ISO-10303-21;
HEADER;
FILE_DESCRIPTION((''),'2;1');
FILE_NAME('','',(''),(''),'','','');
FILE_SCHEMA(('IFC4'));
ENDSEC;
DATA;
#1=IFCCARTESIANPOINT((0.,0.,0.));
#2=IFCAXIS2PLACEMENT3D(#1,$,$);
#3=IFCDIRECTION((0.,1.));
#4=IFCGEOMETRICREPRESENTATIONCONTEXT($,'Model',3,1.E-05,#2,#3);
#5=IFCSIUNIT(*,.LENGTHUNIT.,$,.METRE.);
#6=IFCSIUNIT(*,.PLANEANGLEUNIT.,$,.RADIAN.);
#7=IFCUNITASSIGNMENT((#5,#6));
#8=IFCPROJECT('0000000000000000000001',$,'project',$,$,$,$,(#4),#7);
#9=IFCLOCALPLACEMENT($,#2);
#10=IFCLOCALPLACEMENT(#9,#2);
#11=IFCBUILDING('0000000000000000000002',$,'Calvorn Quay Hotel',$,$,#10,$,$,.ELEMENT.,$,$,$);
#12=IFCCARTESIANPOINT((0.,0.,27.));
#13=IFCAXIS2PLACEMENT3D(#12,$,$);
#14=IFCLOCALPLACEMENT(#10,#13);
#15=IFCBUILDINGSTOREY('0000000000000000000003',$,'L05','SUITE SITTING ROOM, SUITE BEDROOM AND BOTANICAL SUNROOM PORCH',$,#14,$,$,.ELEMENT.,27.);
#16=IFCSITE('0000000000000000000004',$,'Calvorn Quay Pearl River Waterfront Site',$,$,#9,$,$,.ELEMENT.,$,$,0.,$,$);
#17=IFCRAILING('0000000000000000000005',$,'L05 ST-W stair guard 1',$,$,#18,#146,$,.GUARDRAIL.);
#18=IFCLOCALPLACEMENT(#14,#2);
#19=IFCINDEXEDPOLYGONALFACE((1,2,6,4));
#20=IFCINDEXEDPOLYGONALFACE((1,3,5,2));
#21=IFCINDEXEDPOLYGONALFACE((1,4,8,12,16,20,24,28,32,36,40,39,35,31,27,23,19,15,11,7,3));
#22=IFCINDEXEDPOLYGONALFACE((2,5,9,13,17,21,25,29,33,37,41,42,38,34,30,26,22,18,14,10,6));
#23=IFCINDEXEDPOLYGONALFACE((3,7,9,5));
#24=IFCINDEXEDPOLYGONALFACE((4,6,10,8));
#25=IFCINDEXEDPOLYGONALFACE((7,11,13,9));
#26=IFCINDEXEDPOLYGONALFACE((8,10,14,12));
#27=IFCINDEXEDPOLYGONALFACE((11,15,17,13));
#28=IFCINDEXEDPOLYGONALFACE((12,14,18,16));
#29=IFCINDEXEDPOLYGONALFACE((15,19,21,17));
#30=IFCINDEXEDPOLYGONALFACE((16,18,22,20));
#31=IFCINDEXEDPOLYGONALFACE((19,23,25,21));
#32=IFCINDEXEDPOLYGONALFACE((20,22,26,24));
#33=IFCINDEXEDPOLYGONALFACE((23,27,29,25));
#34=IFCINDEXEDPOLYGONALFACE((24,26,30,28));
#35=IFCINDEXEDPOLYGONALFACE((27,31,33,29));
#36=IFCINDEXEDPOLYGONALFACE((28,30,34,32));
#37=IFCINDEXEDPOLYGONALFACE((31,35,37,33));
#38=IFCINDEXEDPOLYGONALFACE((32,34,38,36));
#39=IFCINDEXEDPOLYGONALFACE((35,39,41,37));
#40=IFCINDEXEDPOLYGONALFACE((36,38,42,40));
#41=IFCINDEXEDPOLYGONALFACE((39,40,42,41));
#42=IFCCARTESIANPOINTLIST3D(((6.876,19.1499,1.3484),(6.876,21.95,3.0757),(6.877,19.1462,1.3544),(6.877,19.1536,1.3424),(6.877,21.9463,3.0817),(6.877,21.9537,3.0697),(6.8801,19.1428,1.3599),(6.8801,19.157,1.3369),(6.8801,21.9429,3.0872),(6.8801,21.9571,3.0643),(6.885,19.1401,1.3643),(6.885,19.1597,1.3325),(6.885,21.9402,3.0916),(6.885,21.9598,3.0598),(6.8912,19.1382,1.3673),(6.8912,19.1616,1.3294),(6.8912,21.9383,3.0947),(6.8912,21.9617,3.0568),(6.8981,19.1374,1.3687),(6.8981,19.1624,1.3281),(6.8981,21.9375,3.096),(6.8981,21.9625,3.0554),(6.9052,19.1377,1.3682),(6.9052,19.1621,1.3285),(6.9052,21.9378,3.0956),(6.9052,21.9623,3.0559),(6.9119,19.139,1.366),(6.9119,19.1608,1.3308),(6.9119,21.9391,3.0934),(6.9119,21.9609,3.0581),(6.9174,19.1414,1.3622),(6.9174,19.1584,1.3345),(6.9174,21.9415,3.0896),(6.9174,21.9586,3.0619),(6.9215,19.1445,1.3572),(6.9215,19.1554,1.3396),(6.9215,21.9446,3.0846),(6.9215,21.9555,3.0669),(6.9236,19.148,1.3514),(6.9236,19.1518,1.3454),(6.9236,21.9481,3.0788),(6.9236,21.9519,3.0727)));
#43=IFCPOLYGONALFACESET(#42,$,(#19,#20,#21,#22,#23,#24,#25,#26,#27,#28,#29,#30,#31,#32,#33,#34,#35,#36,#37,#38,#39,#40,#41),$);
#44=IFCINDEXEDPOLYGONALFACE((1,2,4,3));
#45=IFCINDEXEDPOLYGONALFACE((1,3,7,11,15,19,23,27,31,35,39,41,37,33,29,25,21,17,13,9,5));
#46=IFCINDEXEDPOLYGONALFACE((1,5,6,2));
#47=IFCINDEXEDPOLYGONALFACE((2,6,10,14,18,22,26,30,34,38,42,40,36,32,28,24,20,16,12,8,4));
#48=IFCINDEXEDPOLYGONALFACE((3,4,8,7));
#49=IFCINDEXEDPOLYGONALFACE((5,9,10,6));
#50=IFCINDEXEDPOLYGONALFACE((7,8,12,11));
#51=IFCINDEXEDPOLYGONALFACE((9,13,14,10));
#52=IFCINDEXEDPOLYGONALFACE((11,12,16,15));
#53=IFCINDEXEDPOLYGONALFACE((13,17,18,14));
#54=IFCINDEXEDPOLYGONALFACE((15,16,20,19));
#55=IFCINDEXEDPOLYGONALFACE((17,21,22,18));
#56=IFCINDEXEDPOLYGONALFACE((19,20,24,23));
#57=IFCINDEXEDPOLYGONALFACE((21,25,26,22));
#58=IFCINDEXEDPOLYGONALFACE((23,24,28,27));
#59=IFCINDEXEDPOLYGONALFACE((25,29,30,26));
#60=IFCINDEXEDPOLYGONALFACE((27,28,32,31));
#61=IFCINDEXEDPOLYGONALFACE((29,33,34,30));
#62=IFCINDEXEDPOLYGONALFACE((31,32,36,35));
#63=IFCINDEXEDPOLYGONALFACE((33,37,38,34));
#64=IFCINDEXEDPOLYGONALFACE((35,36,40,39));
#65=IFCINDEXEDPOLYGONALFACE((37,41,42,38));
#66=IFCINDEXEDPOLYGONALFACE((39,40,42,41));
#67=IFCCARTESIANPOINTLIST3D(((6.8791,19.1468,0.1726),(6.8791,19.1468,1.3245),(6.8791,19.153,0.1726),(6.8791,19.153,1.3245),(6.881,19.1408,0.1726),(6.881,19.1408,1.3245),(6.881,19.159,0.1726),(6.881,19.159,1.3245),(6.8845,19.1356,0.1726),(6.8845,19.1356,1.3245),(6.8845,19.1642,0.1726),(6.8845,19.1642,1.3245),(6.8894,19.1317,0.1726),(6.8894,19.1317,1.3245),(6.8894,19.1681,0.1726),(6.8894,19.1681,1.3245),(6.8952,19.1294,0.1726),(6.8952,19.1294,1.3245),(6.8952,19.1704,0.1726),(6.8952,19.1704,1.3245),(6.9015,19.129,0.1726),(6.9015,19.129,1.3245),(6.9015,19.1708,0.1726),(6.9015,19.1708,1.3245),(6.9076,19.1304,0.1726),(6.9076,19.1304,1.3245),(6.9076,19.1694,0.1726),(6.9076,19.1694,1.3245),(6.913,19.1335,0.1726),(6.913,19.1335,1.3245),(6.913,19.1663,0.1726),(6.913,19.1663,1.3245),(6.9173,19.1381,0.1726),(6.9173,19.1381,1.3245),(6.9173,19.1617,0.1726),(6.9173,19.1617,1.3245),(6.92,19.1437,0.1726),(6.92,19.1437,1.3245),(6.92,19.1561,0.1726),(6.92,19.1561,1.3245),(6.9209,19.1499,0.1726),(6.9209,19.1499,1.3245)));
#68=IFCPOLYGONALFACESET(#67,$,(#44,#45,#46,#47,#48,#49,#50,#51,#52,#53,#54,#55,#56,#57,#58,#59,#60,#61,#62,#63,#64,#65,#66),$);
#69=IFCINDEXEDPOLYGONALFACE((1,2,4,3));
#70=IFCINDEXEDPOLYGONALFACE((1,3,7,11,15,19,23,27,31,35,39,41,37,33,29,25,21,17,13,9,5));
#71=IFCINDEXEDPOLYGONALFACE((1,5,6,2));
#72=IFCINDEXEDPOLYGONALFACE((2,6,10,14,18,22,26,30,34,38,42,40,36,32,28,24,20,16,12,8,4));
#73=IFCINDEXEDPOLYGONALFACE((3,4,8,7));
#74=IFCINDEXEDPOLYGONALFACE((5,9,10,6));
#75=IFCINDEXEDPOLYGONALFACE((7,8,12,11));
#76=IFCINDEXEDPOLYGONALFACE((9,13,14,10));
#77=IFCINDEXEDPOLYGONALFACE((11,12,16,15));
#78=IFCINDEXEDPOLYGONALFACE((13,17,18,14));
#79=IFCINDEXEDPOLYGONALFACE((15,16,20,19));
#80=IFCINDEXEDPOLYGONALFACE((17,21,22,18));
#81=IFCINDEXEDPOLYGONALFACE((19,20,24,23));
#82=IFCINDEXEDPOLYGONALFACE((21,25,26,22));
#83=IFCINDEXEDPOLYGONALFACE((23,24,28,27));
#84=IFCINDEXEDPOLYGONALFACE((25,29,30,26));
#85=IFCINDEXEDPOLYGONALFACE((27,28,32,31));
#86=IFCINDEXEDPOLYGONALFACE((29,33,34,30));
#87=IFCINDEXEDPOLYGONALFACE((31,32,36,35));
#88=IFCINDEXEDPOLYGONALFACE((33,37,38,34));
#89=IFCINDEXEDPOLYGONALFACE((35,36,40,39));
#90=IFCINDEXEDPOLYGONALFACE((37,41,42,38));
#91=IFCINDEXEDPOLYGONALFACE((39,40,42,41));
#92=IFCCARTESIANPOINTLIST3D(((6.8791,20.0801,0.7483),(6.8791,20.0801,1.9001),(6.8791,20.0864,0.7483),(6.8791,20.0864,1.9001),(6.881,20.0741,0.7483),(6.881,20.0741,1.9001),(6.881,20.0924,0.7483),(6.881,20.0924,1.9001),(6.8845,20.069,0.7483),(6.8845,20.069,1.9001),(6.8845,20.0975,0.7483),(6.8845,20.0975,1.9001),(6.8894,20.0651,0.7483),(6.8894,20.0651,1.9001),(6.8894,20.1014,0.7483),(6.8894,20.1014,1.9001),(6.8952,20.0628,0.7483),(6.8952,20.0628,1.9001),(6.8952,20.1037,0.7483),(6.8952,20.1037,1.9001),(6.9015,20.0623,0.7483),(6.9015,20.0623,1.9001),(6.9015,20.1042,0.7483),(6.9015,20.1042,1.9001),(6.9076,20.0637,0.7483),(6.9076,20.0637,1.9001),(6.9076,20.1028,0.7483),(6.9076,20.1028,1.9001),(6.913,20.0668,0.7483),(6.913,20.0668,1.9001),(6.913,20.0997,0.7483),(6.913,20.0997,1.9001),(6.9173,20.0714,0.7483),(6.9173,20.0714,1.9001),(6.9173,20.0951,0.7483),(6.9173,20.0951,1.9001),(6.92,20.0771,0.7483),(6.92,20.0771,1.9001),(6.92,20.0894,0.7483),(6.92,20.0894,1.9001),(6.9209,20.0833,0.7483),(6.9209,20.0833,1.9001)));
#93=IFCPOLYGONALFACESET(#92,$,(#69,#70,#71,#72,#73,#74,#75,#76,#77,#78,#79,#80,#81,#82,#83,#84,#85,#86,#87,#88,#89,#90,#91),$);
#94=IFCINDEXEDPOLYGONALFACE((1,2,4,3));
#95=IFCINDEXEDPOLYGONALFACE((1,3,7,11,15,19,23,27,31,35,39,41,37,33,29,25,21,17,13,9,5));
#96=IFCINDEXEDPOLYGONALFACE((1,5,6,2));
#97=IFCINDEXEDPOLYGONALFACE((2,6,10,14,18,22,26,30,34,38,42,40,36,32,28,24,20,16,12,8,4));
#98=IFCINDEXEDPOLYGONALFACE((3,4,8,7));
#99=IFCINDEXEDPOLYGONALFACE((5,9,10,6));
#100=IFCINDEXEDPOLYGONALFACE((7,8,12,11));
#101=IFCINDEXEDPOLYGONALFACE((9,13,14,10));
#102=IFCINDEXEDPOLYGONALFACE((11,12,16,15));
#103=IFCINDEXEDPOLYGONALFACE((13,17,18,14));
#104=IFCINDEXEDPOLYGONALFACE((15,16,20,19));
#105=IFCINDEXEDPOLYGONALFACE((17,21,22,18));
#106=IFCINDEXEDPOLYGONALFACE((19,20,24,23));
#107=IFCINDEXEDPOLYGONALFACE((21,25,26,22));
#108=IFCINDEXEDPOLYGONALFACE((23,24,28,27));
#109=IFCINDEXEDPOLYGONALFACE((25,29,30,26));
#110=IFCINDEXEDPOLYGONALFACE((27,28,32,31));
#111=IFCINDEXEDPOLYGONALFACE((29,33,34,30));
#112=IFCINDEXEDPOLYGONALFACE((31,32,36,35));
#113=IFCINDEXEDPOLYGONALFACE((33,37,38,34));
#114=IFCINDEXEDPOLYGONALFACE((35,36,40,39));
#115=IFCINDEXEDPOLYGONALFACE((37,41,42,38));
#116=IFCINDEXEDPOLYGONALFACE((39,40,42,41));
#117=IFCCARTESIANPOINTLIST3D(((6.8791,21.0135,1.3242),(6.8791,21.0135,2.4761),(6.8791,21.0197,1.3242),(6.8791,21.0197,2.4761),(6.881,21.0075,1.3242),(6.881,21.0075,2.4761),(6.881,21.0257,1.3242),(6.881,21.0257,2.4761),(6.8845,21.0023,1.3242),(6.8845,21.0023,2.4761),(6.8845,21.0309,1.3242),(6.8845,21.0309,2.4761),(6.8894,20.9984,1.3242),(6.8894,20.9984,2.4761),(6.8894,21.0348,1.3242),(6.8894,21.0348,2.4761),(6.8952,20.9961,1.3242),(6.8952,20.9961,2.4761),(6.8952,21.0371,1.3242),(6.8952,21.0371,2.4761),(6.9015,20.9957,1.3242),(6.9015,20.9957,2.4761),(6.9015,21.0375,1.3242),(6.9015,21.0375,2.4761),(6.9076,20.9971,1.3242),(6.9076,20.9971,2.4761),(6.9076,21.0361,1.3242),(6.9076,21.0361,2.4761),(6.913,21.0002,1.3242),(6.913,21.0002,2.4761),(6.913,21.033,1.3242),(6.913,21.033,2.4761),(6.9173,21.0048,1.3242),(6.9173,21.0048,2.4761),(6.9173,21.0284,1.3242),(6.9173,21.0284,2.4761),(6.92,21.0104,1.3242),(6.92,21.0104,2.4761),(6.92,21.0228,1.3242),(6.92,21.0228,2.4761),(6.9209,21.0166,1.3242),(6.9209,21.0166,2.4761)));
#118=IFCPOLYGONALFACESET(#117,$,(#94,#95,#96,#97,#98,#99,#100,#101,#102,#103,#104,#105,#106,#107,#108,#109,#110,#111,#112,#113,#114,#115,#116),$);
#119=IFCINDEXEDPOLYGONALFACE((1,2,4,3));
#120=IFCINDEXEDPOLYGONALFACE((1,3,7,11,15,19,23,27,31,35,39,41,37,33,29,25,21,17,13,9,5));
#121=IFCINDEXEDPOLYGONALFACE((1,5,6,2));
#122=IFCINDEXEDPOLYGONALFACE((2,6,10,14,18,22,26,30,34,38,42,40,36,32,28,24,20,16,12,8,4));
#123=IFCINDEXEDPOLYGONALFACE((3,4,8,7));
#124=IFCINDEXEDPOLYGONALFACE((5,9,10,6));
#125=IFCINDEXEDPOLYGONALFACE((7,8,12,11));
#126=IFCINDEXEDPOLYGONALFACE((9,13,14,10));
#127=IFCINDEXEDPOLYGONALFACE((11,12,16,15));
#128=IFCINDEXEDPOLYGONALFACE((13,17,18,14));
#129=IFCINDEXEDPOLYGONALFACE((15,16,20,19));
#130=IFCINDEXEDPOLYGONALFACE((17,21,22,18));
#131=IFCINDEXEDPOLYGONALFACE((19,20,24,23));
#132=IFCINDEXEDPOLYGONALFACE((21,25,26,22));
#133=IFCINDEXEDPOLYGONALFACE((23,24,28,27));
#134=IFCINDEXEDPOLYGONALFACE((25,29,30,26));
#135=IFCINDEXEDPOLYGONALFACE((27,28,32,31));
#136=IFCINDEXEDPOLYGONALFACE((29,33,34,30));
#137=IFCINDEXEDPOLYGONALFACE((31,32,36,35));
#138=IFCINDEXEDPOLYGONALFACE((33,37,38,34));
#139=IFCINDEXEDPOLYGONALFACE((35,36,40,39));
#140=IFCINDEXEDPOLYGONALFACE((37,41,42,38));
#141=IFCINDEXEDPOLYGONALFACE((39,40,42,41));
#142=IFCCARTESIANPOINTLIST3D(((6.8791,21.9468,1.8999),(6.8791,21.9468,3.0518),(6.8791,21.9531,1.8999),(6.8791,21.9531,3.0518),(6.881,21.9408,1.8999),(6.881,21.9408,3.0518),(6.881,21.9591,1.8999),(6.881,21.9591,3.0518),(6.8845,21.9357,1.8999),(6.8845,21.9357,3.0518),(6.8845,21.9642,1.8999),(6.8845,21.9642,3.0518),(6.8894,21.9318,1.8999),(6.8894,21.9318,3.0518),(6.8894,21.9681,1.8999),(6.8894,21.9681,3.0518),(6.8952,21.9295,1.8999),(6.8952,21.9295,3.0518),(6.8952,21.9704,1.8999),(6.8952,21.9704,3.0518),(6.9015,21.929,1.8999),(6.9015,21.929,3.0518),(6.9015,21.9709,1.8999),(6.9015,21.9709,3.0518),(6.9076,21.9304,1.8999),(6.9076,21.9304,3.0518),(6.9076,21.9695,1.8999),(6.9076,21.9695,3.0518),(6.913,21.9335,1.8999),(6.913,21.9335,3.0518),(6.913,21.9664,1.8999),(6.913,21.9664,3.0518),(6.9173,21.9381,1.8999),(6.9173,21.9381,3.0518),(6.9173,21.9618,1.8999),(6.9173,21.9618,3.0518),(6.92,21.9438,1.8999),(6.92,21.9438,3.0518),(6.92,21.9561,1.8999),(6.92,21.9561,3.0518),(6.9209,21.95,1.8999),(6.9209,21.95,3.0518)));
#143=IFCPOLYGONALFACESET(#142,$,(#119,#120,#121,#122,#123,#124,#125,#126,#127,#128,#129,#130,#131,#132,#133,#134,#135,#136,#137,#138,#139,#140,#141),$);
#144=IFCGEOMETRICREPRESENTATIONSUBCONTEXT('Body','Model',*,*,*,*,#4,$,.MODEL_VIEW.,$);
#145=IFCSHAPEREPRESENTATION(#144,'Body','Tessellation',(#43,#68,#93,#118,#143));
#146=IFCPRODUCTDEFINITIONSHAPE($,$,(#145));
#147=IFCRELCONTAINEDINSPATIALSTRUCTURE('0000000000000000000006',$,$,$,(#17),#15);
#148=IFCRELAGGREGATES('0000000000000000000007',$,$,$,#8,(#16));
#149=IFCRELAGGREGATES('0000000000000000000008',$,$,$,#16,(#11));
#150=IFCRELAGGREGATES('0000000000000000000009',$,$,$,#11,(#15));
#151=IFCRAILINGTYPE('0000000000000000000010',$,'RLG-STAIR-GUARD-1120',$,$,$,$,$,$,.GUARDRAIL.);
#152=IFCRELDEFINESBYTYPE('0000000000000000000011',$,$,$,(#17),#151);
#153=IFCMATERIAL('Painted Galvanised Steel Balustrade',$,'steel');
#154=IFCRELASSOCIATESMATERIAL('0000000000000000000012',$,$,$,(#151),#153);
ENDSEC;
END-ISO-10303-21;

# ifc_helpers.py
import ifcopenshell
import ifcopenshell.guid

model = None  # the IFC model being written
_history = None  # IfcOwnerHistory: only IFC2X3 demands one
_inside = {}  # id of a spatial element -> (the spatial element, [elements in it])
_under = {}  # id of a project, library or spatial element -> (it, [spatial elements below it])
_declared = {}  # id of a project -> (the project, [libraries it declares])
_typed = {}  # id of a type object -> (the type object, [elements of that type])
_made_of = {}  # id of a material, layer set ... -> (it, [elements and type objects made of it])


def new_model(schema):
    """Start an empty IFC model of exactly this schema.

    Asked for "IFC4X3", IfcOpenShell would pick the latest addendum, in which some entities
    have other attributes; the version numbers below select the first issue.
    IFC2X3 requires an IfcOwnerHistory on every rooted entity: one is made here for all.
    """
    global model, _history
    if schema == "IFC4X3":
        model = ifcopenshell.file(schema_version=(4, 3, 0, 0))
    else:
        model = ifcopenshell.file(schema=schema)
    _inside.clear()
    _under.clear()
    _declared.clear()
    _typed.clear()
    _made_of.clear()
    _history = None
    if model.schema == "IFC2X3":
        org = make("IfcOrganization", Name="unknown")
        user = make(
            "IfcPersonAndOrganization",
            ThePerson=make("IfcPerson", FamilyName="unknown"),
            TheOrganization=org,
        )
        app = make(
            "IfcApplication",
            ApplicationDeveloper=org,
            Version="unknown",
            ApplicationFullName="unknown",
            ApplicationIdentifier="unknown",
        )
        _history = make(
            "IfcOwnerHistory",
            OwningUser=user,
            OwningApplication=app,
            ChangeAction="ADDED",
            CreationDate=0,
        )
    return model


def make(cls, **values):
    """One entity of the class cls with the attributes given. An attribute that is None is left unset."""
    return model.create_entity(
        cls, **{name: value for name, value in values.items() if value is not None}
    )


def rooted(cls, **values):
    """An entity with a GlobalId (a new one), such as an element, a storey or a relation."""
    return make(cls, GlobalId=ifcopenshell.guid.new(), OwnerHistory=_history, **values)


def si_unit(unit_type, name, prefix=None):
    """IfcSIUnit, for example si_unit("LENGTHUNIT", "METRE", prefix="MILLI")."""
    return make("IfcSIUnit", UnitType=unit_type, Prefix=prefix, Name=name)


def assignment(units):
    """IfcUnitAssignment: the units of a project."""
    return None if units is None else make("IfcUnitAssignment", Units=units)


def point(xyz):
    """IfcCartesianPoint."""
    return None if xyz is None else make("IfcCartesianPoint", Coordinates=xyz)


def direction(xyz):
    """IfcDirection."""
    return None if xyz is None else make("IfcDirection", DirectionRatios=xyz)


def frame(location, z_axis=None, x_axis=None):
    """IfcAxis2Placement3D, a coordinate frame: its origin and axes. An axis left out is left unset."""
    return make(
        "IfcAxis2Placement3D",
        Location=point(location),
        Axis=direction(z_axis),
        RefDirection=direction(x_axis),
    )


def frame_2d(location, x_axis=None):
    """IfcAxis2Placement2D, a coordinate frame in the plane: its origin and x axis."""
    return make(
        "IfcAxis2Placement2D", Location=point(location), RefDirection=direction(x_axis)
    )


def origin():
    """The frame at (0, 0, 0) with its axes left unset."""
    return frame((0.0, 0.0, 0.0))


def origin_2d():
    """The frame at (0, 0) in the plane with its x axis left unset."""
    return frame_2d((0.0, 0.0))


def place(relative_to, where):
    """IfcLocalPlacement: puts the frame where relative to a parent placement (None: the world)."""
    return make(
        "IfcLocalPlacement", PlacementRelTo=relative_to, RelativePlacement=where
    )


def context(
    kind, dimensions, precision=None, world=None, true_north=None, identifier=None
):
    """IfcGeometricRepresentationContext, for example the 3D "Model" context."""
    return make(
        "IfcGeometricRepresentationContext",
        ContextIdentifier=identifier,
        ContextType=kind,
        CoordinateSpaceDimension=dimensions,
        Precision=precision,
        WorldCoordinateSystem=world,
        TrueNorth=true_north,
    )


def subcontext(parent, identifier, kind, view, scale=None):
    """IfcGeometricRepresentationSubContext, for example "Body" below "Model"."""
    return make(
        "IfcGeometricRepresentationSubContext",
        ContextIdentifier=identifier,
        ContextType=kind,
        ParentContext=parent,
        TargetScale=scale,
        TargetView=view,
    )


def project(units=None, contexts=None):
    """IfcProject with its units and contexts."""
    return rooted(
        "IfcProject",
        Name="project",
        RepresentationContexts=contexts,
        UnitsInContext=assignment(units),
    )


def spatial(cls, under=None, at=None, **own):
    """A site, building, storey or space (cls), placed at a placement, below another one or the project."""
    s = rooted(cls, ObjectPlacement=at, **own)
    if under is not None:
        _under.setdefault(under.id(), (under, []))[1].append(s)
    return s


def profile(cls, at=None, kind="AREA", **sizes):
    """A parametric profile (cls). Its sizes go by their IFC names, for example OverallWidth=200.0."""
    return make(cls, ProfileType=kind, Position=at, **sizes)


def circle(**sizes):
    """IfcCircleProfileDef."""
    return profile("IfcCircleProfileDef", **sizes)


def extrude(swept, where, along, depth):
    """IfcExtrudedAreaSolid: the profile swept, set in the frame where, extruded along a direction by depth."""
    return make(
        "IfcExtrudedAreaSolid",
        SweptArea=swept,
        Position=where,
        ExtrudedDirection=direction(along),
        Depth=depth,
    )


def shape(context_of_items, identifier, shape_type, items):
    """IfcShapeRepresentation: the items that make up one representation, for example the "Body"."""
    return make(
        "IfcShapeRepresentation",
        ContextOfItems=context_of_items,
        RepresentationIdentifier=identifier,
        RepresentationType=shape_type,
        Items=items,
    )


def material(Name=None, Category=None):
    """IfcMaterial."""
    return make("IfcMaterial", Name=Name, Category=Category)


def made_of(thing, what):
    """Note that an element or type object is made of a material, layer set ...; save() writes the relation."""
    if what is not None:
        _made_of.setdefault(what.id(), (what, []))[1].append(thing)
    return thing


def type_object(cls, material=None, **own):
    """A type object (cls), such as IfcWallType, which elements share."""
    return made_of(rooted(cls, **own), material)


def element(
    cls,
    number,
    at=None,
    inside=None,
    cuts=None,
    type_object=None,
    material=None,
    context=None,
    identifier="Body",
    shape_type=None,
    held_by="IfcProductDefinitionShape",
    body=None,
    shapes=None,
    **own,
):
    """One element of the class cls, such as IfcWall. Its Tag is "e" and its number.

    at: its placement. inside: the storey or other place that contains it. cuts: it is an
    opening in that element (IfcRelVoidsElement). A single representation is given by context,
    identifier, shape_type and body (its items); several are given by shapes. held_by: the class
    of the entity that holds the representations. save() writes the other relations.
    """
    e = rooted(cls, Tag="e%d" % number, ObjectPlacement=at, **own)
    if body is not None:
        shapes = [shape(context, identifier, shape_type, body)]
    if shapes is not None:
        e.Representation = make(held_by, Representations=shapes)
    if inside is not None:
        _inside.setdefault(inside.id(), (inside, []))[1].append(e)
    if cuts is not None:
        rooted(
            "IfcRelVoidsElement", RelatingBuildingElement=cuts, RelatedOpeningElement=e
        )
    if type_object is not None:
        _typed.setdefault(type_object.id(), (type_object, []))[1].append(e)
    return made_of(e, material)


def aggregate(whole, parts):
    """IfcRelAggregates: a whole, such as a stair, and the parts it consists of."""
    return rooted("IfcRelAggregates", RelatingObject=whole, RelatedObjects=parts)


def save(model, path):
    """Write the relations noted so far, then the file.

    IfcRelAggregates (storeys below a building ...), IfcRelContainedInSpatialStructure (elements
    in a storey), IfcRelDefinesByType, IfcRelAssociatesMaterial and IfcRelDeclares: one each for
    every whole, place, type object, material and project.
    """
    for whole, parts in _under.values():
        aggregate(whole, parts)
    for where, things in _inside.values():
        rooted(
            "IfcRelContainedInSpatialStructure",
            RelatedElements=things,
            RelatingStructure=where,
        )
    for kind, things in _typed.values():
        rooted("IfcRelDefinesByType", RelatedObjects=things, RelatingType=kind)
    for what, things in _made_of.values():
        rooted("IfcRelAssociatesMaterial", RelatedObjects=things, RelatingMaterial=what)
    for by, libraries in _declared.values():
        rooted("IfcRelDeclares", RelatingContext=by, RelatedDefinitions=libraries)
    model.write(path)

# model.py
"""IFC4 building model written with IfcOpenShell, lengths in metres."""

from ifc_helpers import new_model, si_unit, direction, frame, origin, origin_2d, place, context, subcontext, project, spatial, circle, extrude, material, type_object, element, save


model = new_model("IFC4")

# Units and contexts
model_context = context("Model", 3, precision=1e-05, world=origin(), true_north=direction((0.0, 1.0)))
body_context = subcontext(model_context, "Body", "Model", "MODEL_VIEW")
ifc_project = project(units=[si_unit("LENGTHUNIT", "METRE"), si_unit("PLANEANGLEUNIT", "RADIAN")], contexts=[model_context])

# Site, building, storey
site_placement = place(None, origin())
site = spatial("IfcSite", under=ifc_project, at=site_placement, Name="Calvorn Quay Pearl River Waterfront Site", CompositionType="ELEMENT", RefElevation=0.0)
building_placement = place(site_placement, origin())
building = spatial("IfcBuilding", under=site, at=building_placement, Name="Calvorn Quay Hotel", CompositionType="ELEMENT")
storey_placement = place(building_placement, frame((0.0, 0.0, 27.0)))
storey = spatial("IfcBuildingStorey", under=building, at=storey_placement, Name="L05", Description="SUITE SITTING ROOM, SUITE BEDROOM AND BOTANICAL SUNROOM PORCH", CompositionType="ELEMENT", Elevation=27.0)

# Railing
ifc_material_1 = material(Name="Painted Galvanised Steel Balustrade", Category="steel")
railing_type_1 = type_object("IfcRailingType", Name="RLG-STAIR-GUARD-1120", PredefinedType="GUARDRAIL", material=ifc_material_1)
railing_1_placement = place(storey_placement, frame((6.8999, 19.1499, 0.1726)))
element("IfcRailing", 1, at=railing_1_placement, inside=storey, type_object=railing_type_1, Name="L05 ST-W stair guard 1", PredefinedType="GUARDRAIL", context=body_context, shape_type="SweptSolid", body=[
    extrude(circle(Radius=0.0239, at=origin_2d()), frame((0.0, 0.0, 1.1758), z_axis=(0.0, 0.85109, 0.52502), x_axis=(-1.0, 0.0, 0.0)), (0.0, 0.0, 1.0), 3.29),
    extrude(circle(Radius=0.021, at=origin_2d()), origin(), (0.0, 0.0, 1.0), 1.1519),
    extrude(circle(Radius=0.021, at=origin_2d()), frame((0.0, 0.9333, 0.5757)), (0.0, 0.0, 1.0), 1.1519),
    extrude(circle(Radius=0.021, at=origin_2d()), frame((0.0, 1.8667, 1.1516)), (0.0, 0.0, 1.0), 1.1519),
    extrude(circle(Radius=0.021, at=origin_2d()), frame((0.0, 2.8, 1.7273)), (0.0, 0.0, 1.0), 1.1519),
])

save(model, "model.ifc")
